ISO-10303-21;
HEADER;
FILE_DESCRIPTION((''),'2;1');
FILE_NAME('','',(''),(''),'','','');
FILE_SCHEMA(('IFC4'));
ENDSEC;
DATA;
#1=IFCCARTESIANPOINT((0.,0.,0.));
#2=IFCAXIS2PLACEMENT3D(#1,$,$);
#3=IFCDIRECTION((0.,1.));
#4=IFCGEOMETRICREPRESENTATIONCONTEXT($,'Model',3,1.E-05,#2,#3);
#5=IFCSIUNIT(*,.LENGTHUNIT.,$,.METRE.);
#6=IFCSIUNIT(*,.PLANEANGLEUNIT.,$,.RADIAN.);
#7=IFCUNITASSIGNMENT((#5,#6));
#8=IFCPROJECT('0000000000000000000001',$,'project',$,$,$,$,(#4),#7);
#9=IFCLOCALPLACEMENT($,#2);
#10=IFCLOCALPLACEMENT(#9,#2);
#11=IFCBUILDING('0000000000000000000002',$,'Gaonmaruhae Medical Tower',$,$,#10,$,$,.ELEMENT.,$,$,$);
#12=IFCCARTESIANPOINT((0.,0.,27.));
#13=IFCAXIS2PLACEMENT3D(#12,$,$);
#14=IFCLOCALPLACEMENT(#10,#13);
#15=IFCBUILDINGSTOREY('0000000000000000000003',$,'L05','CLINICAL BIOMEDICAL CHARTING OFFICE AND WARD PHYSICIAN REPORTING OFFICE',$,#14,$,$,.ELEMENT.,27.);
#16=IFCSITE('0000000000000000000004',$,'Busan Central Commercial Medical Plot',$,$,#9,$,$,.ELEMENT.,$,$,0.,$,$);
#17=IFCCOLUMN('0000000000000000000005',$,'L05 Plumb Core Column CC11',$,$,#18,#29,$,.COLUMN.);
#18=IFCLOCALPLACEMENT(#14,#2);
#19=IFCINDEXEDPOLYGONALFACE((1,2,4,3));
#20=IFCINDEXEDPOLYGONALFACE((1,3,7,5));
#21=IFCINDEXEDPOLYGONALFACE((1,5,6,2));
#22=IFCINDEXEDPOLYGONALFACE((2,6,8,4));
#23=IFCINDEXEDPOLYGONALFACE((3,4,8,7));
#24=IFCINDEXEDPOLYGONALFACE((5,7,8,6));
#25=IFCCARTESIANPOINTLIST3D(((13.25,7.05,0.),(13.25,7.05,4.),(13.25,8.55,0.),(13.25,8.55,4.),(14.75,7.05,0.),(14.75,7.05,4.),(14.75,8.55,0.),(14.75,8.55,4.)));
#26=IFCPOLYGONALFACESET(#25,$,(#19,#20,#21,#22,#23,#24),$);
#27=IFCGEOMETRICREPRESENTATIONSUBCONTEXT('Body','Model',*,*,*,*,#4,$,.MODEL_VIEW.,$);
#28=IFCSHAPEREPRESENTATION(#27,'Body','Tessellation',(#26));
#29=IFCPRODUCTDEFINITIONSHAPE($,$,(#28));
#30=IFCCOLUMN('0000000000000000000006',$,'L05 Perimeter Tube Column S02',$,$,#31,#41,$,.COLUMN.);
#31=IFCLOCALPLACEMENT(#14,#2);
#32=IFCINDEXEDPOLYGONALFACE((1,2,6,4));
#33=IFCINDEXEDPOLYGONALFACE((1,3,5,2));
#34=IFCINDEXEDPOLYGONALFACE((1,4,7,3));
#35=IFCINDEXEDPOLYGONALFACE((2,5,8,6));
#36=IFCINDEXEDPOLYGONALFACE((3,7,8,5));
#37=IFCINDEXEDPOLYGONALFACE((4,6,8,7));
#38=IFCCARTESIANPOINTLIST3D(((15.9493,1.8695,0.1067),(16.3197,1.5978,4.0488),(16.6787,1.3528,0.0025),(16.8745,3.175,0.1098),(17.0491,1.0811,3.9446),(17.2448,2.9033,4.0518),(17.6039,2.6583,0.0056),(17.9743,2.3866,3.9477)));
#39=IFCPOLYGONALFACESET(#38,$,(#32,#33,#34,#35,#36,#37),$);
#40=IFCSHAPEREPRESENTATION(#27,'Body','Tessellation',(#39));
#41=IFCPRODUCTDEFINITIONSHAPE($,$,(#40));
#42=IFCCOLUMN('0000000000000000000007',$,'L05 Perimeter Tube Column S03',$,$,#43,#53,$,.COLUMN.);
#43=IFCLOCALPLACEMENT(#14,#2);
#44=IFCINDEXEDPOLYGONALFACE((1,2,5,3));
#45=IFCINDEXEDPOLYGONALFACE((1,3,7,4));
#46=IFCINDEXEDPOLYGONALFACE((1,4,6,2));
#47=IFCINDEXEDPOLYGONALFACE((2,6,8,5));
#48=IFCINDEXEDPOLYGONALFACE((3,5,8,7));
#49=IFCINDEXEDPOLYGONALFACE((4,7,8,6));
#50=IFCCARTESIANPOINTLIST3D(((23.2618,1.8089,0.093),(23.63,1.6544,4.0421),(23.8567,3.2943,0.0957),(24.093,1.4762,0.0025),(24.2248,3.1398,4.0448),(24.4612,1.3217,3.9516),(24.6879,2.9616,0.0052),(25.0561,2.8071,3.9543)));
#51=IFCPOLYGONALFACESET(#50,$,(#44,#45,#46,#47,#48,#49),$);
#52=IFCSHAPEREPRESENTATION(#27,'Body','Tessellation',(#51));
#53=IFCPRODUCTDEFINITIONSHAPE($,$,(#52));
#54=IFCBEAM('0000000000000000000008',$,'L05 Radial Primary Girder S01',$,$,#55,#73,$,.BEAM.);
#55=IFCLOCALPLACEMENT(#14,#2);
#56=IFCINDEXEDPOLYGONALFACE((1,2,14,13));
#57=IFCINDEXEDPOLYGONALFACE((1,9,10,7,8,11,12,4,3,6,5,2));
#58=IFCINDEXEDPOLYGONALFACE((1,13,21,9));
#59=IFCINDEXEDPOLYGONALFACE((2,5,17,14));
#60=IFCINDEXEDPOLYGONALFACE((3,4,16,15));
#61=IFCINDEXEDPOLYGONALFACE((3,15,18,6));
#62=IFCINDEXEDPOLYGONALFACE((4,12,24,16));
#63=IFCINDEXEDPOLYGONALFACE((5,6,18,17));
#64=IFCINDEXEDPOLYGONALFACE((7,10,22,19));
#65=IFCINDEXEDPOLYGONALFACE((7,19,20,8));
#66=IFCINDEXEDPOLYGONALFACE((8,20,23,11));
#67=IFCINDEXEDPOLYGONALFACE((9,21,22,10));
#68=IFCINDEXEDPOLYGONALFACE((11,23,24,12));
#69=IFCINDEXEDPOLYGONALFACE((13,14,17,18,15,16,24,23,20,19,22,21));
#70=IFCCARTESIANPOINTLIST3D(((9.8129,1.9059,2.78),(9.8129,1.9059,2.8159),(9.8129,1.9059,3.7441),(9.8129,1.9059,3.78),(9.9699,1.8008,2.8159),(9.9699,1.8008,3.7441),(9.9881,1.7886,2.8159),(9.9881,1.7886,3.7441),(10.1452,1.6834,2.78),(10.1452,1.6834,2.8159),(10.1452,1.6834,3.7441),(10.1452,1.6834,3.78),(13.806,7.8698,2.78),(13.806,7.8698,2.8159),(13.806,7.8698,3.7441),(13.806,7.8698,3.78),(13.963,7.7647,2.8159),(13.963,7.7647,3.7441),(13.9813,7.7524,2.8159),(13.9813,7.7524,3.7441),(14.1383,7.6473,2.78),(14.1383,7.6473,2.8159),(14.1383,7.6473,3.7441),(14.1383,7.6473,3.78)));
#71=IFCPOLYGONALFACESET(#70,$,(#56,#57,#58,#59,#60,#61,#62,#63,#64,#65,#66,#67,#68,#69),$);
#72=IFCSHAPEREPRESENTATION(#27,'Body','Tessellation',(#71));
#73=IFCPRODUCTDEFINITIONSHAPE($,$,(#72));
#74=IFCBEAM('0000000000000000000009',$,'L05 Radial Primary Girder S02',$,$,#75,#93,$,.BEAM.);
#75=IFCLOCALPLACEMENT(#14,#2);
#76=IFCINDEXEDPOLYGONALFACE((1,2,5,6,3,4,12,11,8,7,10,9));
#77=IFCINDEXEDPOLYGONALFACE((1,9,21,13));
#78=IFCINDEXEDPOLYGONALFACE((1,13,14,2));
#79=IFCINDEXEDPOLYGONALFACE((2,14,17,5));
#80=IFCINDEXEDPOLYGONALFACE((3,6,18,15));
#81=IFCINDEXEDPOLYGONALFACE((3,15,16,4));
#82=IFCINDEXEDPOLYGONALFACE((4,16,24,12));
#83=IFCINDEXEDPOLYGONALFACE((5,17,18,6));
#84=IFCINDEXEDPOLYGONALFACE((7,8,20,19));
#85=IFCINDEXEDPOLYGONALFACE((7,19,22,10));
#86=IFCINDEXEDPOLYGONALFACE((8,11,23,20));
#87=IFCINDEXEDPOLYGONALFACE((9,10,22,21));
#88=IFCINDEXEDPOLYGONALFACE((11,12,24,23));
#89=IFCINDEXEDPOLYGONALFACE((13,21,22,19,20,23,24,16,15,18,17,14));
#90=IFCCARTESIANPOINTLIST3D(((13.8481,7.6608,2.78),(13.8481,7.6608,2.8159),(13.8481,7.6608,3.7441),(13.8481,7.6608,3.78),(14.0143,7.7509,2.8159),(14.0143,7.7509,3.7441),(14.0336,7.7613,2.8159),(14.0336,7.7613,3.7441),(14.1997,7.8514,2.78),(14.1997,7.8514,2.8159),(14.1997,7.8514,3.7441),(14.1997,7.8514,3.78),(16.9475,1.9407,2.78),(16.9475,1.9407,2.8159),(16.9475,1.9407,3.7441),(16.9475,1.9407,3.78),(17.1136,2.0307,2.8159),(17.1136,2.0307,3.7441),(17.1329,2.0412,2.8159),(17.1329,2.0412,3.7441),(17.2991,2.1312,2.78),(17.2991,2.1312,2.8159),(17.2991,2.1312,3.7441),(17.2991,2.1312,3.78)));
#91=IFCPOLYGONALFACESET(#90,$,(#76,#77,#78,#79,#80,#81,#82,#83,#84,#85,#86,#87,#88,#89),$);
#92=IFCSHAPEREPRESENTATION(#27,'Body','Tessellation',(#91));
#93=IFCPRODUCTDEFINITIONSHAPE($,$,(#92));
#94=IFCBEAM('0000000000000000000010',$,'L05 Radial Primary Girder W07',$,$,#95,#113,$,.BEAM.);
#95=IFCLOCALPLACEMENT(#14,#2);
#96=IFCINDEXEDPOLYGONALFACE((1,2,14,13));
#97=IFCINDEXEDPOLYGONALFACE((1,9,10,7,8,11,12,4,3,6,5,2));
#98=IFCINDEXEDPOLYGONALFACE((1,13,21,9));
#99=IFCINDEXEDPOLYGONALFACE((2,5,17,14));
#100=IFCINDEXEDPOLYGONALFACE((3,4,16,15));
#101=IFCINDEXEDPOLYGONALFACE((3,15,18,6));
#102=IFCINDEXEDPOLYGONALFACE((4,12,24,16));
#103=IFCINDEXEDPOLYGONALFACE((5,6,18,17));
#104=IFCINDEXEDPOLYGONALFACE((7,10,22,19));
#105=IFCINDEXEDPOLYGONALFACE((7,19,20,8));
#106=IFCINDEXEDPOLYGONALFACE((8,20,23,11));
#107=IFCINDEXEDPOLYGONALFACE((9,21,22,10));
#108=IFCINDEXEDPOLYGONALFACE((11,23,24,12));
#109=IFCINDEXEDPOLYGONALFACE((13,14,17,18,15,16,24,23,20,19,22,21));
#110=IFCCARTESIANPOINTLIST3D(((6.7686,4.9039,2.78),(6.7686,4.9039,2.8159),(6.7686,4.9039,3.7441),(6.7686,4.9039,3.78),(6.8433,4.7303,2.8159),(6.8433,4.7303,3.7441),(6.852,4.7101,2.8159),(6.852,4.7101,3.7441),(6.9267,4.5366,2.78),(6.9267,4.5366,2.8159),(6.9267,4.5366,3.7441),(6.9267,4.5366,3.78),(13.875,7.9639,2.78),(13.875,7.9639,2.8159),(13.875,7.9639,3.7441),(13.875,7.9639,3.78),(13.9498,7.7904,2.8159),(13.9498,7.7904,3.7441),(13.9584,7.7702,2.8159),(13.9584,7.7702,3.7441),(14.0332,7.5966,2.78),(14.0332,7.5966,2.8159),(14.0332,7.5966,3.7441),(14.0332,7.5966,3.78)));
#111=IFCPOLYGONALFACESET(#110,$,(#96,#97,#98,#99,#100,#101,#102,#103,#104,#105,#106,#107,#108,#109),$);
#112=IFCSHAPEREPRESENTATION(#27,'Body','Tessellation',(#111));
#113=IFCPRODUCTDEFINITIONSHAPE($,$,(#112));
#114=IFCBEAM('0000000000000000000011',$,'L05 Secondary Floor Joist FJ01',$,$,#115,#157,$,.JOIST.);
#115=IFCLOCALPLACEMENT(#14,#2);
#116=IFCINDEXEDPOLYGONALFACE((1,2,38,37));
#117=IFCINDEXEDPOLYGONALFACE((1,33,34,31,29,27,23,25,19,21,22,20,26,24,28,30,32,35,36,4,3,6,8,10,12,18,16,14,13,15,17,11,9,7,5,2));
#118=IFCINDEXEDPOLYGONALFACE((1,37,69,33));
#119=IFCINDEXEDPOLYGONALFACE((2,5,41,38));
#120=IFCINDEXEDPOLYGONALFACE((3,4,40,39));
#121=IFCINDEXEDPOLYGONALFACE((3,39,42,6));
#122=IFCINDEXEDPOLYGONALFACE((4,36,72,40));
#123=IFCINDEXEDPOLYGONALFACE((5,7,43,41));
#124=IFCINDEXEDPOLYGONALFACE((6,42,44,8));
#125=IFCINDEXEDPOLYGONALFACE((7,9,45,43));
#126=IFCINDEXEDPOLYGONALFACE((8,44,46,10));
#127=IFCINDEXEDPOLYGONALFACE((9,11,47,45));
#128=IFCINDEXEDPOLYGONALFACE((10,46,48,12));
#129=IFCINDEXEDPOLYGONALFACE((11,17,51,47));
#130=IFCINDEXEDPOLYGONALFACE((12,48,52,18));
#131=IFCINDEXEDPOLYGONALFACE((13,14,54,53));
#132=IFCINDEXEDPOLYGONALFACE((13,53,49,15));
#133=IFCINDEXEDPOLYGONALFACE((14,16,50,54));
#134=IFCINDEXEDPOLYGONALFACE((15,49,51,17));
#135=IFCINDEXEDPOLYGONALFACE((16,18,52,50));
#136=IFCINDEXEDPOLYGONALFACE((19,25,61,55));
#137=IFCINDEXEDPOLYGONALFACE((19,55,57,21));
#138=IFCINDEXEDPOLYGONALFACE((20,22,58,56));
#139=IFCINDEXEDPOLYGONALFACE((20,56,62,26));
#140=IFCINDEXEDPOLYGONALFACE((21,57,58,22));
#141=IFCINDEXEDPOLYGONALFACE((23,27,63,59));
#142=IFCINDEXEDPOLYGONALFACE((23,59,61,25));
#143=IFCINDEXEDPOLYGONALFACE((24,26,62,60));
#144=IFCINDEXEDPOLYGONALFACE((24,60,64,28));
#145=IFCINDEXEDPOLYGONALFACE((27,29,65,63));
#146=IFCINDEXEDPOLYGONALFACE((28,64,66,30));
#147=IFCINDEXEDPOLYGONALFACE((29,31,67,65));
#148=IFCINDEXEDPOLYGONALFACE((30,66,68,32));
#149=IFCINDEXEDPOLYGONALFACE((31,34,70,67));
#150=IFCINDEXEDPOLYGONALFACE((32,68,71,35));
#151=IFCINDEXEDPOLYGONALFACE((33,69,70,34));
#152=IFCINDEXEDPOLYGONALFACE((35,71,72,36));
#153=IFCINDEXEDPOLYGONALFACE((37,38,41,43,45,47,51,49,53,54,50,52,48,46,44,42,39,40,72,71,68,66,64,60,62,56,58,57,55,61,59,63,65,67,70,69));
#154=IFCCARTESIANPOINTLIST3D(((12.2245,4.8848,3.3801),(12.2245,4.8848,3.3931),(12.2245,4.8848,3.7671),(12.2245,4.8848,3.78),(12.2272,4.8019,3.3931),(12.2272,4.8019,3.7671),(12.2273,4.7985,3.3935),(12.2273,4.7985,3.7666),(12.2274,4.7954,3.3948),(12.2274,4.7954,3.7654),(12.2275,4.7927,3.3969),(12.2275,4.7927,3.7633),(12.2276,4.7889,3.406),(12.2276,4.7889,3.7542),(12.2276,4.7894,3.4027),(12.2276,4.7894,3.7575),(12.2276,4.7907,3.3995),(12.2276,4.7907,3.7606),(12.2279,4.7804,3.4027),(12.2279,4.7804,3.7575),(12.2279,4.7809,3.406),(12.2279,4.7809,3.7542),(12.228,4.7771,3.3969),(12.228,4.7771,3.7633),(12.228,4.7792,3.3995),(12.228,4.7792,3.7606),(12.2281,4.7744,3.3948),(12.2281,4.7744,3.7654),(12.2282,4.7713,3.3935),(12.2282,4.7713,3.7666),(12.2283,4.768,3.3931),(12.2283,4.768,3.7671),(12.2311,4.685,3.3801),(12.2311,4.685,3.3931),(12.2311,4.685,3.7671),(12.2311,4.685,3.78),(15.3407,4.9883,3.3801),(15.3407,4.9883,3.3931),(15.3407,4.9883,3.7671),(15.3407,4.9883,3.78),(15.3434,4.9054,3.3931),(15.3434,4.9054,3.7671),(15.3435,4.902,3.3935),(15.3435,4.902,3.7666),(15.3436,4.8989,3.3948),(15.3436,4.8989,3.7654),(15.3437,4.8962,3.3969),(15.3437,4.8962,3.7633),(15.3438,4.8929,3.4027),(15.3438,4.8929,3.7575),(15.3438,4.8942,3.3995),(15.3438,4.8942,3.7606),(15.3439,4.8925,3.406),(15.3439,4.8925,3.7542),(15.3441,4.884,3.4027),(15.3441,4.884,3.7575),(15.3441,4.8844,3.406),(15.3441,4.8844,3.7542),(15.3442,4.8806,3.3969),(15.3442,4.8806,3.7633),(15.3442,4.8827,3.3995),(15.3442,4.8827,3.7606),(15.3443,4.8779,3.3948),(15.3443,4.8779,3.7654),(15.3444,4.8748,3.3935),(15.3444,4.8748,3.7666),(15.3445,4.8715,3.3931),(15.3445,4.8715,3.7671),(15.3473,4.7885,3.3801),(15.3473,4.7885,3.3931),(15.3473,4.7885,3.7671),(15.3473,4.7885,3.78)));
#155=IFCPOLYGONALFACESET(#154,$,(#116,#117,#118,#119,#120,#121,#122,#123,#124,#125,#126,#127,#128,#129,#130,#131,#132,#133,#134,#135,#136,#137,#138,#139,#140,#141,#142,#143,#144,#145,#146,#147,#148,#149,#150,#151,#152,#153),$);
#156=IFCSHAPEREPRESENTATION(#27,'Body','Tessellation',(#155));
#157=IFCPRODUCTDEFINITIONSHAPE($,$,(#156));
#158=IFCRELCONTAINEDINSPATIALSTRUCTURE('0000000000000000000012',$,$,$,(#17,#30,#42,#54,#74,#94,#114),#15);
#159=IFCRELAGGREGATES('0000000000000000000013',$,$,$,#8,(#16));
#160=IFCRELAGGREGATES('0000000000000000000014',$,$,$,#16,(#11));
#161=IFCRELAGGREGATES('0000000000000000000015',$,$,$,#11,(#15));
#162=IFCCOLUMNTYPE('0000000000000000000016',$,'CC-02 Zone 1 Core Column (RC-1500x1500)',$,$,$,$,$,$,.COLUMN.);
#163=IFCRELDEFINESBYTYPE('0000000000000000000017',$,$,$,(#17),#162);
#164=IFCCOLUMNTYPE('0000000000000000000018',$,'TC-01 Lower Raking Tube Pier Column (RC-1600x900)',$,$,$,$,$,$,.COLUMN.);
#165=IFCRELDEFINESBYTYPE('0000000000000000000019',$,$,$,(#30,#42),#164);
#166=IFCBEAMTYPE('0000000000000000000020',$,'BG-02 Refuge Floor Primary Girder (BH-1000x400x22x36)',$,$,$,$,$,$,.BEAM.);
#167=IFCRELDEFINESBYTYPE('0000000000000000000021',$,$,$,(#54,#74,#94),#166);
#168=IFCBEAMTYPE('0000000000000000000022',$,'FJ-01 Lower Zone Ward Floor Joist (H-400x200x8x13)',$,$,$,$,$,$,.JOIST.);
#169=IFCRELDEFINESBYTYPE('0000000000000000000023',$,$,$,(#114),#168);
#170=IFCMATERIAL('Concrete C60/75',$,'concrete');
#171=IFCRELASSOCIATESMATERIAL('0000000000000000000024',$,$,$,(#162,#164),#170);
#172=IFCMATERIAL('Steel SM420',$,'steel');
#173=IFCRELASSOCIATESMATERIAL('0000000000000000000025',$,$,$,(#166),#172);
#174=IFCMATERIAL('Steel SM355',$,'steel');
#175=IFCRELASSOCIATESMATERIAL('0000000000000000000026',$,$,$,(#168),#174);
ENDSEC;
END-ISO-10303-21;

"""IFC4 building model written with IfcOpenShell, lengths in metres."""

from ifc_helpers import new_model, si_unit, direction, frame, origin, origin_2d, place, context, subcontext, project, spatial, rectangle, i_section, extrude, material, material_profile, profile_set, type_object, element, save


model = new_model("IFC4")

# Units and contexts
model_context = context("Model", 3, precision=1e-05, world=origin(), true_north=direction((0.0, 1.0)))
body_context = subcontext(model_context, "Body", "Model", "MODEL_VIEW")
ifc_project = project(units=[si_unit("LENGTHUNIT", "METRE"), si_unit("PLANEANGLEUNIT", "RADIAN")], contexts=[model_context])

# Site, building, storey
site_placement = place(None, origin())
site = spatial("IfcSite", under=ifc_project, at=site_placement, Name="Busan Central Commercial Medical Plot", CompositionType="ELEMENT", RefElevation=0.0)
building_placement = place(site_placement, origin())
building = spatial("IfcBuilding", under=site, at=building_placement, Name="Gaonmaruhae Medical Tower", CompositionType="ELEMENT")
storey_placement = place(building_placement, frame((0.0, 0.0, 27.0)))
storey = spatial("IfcBuildingStorey", under=building, at=storey_placement, Name="L05", Description="CLINICAL BIOMEDICAL CHARTING OFFICE AND WARD PHYSICIAN REPORTING OFFICE", CompositionType="ELEMENT", Elevation=27.0)

# Columns
ifc_material_1 = material(Name="Concrete C60/75", Category="concrete")
ifc_material_profile_1 = material_profile(ifc_material_1, rectangle(XDim=1.5, YDim=1.5, at=origin_2d()), Name="RC-1500x1500")
ifc_profile_set_1 = profile_set([ifc_material_profile_1], Name="Concrete C60/75")
column_type_1 = type_object("IfcColumnType", Name="CC-02 Zone 1 Core Column (RC-1500x1500)", PredefinedType="COLUMN", material=ifc_profile_set_1)
column_1_placement = place(storey_placement, frame((14.0, 7.8, 0.0), z_axis=(0.0, 0.0, 1.0), x_axis=(1.0, 0.0, 0.0)))
element("IfcColumn", 1, at=column_1_placement, inside=storey, type_object=column_type_1, Name="L05 Plumb Core Column CC11", PredefinedType="COLUMN", context=body_context, shape_type="SweptSolid", body=[
    extrude(rectangle(XDim=1.5, YDim=1.5, at=origin_2d()), origin(), (0.0, 0.0, 1.0), 4.0),
])
ifc_material_profile_2 = material_profile(ifc_material_1, rectangle(XDim=1.6001, YDim=0.8999, at=origin_2d()), Name="RC-1600x900")
ifc_profile_set_2 = profile_set([ifc_material_profile_2], Name="Concrete C60/75")
column_type_2 = type_object("IfcColumnType", Name="TC-01 Lower Raking Tube Pier Column (RC-1600x900)", PredefinedType="COLUMN", material=ifc_profile_set_2)
column_2_placement = place(storey_placement, frame((16.7766, 2.2639, 0.0562), z_axis=(0.093318, -0.068466, 0.99328), x_axis=(0.578189, 0.815901, 0.001919)))
element("IfcColumn", 2, at=column_2_placement, inside=storey, type_object=column_type_2, Name="L05 Perimeter Tube Column S02", PredefinedType="COLUMN", context=body_context, shape_type="SweptSolid", body=[
    extrude(rectangle(XDim=1.6001, YDim=0.8999, at=origin_2d()), origin(), (0.0, 0.0, 1.0), 3.9688),
])
column_3_placement = place(storey_placement, frame((23.9749, 2.3853, 0.0491), z_axis=(0.092752, -0.038934, 0.994928), x_axis=(0.371782, 0.928319, 0.001668)))
element("IfcColumn", 3, at=column_3_placement, inside=storey, type_object=column_type_2, Name="L05 Perimeter Tube Column S03", PredefinedType="COLUMN", context=body_context, shape_type="SweptSolid", body=[
    extrude(rectangle(XDim=1.6001, YDim=0.8999, at=origin_2d()), origin(), (0.0, 0.0, 1.0), 3.9692),
])

# Beams
ifc_material_2 = material(Name="Steel SM420", Category="steel")
ifc_material_profile_3 = material_profile(ifc_material_2, i_section(OverallWidth=0.3999, OverallDepth=1.0, WebThickness=0.022, FlangeThickness=0.0359, at=origin_2d()), Name="BH-1000x400x22x36")
ifc_profile_set_3 = profile_set([ifc_material_profile_3], Name="Steel SM420")
beam_type_1 = type_object("IfcBeamType", Name="BG-02 Refuge Floor Primary Girder (BH-1000x400x22x36)", PredefinedType="BEAM", material=ifc_profile_set_3)
beam_1_placement = place(storey_placement, frame((13.9722, 7.7585, 3.28), z_axis=(-0.556363, -0.830939, 0.0), x_axis=(0.830939, -0.556363, 0.0)))
element("IfcBeam", 4, at=beam_1_placement, inside=storey, type_object=beam_type_1, Name="L05 Radial Primary Girder S01", PredefinedType="BEAM", context=body_context, shape_type="SweptSolid", body=[
    extrude(i_section(OverallWidth=0.3999, OverallDepth=1.0, WebThickness=0.022, FlangeThickness=0.0359, at=origin_2d()), origin(), (0.0, 0.0, 1.0), 7.1772),
])
beam_2_placement = place(storey_placement, frame((14.0239, 7.7561, 3.28), z_axis=(0.476392, -0.879233, 0.0), x_axis=(0.879233, 0.476392, 0.0)))
element("IfcBeam", 5, at=beam_2_placement, inside=storey, type_object=beam_type_1, Name="L05 Radial Primary Girder S02", PredefinedType="BEAM", context=body_context, shape_type="SweptSolid", body=[
    extrude(i_section(OverallWidth=0.3999, OverallDepth=1.0, WebThickness=0.022, FlangeThickness=0.0359, at=origin_2d()), origin(), (0.0, 0.0, 1.0), 6.5059),
])
beam_3_placement = place(storey_placement, frame((13.9541, 7.7803, 3.28), z_axis=(-0.918468, -0.395495, 0.0), x_axis=(0.395495, -0.918468, 0.0)))
element("IfcBeam", 6, at=beam_3_placement, inside=storey, type_object=beam_type_1, Name="L05 Radial Primary Girder W07", PredefinedType="BEAM", context=body_context, shape_type="SweptSolid", body=[
    extrude(i_section(OverallWidth=0.3999, OverallDepth=1.0, WebThickness=0.022, FlangeThickness=0.0359, at=origin_2d()), origin(), (0.0, 0.0, 1.0), 7.7373),
])
ifc_material_3 = material(Name="Steel SM355", Category="steel")
ifc_material_profile_4 = material_profile(ifc_material_3, i_section(OverallWidth=0.2, OverallDepth=0.3999, WebThickness=0.0081, FlangeThickness=0.0129, FilletRadius=0.0129, at=origin_2d()), Name="H-400x200x8x13")
ifc_profile_set_4 = profile_set([ifc_material_profile_4], Name="Steel SM355")
beam_type_2 = type_object("IfcBeamType", Name="FJ-01 Lower Zone Ward Floor Joist (H-400x200x8x13)", PredefinedType="JOIST", material=ifc_profile_set_4)
beam_4_placement = place(storey_placement, frame((12.2278, 4.7849, 3.5801), z_axis=(0.999449, 0.0332, 0.0), x_axis=(-0.0332, 0.999449, 0.0)))
element("IfcBeam", 7, at=beam_4_placement, inside=storey, type_object=beam_type_2, Name="L05 Secondary Floor Joist FJ01", PredefinedType="JOIST", context=body_context, shape_type="SweptSolid", body=[
    extrude(i_section(OverallWidth=0.2, OverallDepth=0.3999, WebThickness=0.0081, FlangeThickness=0.0129, FilletRadius=0.0129, at=origin_2d()), origin(), (0.0, 0.0, 1.0), 3.1179),
])

save(model, "model.ifc")
